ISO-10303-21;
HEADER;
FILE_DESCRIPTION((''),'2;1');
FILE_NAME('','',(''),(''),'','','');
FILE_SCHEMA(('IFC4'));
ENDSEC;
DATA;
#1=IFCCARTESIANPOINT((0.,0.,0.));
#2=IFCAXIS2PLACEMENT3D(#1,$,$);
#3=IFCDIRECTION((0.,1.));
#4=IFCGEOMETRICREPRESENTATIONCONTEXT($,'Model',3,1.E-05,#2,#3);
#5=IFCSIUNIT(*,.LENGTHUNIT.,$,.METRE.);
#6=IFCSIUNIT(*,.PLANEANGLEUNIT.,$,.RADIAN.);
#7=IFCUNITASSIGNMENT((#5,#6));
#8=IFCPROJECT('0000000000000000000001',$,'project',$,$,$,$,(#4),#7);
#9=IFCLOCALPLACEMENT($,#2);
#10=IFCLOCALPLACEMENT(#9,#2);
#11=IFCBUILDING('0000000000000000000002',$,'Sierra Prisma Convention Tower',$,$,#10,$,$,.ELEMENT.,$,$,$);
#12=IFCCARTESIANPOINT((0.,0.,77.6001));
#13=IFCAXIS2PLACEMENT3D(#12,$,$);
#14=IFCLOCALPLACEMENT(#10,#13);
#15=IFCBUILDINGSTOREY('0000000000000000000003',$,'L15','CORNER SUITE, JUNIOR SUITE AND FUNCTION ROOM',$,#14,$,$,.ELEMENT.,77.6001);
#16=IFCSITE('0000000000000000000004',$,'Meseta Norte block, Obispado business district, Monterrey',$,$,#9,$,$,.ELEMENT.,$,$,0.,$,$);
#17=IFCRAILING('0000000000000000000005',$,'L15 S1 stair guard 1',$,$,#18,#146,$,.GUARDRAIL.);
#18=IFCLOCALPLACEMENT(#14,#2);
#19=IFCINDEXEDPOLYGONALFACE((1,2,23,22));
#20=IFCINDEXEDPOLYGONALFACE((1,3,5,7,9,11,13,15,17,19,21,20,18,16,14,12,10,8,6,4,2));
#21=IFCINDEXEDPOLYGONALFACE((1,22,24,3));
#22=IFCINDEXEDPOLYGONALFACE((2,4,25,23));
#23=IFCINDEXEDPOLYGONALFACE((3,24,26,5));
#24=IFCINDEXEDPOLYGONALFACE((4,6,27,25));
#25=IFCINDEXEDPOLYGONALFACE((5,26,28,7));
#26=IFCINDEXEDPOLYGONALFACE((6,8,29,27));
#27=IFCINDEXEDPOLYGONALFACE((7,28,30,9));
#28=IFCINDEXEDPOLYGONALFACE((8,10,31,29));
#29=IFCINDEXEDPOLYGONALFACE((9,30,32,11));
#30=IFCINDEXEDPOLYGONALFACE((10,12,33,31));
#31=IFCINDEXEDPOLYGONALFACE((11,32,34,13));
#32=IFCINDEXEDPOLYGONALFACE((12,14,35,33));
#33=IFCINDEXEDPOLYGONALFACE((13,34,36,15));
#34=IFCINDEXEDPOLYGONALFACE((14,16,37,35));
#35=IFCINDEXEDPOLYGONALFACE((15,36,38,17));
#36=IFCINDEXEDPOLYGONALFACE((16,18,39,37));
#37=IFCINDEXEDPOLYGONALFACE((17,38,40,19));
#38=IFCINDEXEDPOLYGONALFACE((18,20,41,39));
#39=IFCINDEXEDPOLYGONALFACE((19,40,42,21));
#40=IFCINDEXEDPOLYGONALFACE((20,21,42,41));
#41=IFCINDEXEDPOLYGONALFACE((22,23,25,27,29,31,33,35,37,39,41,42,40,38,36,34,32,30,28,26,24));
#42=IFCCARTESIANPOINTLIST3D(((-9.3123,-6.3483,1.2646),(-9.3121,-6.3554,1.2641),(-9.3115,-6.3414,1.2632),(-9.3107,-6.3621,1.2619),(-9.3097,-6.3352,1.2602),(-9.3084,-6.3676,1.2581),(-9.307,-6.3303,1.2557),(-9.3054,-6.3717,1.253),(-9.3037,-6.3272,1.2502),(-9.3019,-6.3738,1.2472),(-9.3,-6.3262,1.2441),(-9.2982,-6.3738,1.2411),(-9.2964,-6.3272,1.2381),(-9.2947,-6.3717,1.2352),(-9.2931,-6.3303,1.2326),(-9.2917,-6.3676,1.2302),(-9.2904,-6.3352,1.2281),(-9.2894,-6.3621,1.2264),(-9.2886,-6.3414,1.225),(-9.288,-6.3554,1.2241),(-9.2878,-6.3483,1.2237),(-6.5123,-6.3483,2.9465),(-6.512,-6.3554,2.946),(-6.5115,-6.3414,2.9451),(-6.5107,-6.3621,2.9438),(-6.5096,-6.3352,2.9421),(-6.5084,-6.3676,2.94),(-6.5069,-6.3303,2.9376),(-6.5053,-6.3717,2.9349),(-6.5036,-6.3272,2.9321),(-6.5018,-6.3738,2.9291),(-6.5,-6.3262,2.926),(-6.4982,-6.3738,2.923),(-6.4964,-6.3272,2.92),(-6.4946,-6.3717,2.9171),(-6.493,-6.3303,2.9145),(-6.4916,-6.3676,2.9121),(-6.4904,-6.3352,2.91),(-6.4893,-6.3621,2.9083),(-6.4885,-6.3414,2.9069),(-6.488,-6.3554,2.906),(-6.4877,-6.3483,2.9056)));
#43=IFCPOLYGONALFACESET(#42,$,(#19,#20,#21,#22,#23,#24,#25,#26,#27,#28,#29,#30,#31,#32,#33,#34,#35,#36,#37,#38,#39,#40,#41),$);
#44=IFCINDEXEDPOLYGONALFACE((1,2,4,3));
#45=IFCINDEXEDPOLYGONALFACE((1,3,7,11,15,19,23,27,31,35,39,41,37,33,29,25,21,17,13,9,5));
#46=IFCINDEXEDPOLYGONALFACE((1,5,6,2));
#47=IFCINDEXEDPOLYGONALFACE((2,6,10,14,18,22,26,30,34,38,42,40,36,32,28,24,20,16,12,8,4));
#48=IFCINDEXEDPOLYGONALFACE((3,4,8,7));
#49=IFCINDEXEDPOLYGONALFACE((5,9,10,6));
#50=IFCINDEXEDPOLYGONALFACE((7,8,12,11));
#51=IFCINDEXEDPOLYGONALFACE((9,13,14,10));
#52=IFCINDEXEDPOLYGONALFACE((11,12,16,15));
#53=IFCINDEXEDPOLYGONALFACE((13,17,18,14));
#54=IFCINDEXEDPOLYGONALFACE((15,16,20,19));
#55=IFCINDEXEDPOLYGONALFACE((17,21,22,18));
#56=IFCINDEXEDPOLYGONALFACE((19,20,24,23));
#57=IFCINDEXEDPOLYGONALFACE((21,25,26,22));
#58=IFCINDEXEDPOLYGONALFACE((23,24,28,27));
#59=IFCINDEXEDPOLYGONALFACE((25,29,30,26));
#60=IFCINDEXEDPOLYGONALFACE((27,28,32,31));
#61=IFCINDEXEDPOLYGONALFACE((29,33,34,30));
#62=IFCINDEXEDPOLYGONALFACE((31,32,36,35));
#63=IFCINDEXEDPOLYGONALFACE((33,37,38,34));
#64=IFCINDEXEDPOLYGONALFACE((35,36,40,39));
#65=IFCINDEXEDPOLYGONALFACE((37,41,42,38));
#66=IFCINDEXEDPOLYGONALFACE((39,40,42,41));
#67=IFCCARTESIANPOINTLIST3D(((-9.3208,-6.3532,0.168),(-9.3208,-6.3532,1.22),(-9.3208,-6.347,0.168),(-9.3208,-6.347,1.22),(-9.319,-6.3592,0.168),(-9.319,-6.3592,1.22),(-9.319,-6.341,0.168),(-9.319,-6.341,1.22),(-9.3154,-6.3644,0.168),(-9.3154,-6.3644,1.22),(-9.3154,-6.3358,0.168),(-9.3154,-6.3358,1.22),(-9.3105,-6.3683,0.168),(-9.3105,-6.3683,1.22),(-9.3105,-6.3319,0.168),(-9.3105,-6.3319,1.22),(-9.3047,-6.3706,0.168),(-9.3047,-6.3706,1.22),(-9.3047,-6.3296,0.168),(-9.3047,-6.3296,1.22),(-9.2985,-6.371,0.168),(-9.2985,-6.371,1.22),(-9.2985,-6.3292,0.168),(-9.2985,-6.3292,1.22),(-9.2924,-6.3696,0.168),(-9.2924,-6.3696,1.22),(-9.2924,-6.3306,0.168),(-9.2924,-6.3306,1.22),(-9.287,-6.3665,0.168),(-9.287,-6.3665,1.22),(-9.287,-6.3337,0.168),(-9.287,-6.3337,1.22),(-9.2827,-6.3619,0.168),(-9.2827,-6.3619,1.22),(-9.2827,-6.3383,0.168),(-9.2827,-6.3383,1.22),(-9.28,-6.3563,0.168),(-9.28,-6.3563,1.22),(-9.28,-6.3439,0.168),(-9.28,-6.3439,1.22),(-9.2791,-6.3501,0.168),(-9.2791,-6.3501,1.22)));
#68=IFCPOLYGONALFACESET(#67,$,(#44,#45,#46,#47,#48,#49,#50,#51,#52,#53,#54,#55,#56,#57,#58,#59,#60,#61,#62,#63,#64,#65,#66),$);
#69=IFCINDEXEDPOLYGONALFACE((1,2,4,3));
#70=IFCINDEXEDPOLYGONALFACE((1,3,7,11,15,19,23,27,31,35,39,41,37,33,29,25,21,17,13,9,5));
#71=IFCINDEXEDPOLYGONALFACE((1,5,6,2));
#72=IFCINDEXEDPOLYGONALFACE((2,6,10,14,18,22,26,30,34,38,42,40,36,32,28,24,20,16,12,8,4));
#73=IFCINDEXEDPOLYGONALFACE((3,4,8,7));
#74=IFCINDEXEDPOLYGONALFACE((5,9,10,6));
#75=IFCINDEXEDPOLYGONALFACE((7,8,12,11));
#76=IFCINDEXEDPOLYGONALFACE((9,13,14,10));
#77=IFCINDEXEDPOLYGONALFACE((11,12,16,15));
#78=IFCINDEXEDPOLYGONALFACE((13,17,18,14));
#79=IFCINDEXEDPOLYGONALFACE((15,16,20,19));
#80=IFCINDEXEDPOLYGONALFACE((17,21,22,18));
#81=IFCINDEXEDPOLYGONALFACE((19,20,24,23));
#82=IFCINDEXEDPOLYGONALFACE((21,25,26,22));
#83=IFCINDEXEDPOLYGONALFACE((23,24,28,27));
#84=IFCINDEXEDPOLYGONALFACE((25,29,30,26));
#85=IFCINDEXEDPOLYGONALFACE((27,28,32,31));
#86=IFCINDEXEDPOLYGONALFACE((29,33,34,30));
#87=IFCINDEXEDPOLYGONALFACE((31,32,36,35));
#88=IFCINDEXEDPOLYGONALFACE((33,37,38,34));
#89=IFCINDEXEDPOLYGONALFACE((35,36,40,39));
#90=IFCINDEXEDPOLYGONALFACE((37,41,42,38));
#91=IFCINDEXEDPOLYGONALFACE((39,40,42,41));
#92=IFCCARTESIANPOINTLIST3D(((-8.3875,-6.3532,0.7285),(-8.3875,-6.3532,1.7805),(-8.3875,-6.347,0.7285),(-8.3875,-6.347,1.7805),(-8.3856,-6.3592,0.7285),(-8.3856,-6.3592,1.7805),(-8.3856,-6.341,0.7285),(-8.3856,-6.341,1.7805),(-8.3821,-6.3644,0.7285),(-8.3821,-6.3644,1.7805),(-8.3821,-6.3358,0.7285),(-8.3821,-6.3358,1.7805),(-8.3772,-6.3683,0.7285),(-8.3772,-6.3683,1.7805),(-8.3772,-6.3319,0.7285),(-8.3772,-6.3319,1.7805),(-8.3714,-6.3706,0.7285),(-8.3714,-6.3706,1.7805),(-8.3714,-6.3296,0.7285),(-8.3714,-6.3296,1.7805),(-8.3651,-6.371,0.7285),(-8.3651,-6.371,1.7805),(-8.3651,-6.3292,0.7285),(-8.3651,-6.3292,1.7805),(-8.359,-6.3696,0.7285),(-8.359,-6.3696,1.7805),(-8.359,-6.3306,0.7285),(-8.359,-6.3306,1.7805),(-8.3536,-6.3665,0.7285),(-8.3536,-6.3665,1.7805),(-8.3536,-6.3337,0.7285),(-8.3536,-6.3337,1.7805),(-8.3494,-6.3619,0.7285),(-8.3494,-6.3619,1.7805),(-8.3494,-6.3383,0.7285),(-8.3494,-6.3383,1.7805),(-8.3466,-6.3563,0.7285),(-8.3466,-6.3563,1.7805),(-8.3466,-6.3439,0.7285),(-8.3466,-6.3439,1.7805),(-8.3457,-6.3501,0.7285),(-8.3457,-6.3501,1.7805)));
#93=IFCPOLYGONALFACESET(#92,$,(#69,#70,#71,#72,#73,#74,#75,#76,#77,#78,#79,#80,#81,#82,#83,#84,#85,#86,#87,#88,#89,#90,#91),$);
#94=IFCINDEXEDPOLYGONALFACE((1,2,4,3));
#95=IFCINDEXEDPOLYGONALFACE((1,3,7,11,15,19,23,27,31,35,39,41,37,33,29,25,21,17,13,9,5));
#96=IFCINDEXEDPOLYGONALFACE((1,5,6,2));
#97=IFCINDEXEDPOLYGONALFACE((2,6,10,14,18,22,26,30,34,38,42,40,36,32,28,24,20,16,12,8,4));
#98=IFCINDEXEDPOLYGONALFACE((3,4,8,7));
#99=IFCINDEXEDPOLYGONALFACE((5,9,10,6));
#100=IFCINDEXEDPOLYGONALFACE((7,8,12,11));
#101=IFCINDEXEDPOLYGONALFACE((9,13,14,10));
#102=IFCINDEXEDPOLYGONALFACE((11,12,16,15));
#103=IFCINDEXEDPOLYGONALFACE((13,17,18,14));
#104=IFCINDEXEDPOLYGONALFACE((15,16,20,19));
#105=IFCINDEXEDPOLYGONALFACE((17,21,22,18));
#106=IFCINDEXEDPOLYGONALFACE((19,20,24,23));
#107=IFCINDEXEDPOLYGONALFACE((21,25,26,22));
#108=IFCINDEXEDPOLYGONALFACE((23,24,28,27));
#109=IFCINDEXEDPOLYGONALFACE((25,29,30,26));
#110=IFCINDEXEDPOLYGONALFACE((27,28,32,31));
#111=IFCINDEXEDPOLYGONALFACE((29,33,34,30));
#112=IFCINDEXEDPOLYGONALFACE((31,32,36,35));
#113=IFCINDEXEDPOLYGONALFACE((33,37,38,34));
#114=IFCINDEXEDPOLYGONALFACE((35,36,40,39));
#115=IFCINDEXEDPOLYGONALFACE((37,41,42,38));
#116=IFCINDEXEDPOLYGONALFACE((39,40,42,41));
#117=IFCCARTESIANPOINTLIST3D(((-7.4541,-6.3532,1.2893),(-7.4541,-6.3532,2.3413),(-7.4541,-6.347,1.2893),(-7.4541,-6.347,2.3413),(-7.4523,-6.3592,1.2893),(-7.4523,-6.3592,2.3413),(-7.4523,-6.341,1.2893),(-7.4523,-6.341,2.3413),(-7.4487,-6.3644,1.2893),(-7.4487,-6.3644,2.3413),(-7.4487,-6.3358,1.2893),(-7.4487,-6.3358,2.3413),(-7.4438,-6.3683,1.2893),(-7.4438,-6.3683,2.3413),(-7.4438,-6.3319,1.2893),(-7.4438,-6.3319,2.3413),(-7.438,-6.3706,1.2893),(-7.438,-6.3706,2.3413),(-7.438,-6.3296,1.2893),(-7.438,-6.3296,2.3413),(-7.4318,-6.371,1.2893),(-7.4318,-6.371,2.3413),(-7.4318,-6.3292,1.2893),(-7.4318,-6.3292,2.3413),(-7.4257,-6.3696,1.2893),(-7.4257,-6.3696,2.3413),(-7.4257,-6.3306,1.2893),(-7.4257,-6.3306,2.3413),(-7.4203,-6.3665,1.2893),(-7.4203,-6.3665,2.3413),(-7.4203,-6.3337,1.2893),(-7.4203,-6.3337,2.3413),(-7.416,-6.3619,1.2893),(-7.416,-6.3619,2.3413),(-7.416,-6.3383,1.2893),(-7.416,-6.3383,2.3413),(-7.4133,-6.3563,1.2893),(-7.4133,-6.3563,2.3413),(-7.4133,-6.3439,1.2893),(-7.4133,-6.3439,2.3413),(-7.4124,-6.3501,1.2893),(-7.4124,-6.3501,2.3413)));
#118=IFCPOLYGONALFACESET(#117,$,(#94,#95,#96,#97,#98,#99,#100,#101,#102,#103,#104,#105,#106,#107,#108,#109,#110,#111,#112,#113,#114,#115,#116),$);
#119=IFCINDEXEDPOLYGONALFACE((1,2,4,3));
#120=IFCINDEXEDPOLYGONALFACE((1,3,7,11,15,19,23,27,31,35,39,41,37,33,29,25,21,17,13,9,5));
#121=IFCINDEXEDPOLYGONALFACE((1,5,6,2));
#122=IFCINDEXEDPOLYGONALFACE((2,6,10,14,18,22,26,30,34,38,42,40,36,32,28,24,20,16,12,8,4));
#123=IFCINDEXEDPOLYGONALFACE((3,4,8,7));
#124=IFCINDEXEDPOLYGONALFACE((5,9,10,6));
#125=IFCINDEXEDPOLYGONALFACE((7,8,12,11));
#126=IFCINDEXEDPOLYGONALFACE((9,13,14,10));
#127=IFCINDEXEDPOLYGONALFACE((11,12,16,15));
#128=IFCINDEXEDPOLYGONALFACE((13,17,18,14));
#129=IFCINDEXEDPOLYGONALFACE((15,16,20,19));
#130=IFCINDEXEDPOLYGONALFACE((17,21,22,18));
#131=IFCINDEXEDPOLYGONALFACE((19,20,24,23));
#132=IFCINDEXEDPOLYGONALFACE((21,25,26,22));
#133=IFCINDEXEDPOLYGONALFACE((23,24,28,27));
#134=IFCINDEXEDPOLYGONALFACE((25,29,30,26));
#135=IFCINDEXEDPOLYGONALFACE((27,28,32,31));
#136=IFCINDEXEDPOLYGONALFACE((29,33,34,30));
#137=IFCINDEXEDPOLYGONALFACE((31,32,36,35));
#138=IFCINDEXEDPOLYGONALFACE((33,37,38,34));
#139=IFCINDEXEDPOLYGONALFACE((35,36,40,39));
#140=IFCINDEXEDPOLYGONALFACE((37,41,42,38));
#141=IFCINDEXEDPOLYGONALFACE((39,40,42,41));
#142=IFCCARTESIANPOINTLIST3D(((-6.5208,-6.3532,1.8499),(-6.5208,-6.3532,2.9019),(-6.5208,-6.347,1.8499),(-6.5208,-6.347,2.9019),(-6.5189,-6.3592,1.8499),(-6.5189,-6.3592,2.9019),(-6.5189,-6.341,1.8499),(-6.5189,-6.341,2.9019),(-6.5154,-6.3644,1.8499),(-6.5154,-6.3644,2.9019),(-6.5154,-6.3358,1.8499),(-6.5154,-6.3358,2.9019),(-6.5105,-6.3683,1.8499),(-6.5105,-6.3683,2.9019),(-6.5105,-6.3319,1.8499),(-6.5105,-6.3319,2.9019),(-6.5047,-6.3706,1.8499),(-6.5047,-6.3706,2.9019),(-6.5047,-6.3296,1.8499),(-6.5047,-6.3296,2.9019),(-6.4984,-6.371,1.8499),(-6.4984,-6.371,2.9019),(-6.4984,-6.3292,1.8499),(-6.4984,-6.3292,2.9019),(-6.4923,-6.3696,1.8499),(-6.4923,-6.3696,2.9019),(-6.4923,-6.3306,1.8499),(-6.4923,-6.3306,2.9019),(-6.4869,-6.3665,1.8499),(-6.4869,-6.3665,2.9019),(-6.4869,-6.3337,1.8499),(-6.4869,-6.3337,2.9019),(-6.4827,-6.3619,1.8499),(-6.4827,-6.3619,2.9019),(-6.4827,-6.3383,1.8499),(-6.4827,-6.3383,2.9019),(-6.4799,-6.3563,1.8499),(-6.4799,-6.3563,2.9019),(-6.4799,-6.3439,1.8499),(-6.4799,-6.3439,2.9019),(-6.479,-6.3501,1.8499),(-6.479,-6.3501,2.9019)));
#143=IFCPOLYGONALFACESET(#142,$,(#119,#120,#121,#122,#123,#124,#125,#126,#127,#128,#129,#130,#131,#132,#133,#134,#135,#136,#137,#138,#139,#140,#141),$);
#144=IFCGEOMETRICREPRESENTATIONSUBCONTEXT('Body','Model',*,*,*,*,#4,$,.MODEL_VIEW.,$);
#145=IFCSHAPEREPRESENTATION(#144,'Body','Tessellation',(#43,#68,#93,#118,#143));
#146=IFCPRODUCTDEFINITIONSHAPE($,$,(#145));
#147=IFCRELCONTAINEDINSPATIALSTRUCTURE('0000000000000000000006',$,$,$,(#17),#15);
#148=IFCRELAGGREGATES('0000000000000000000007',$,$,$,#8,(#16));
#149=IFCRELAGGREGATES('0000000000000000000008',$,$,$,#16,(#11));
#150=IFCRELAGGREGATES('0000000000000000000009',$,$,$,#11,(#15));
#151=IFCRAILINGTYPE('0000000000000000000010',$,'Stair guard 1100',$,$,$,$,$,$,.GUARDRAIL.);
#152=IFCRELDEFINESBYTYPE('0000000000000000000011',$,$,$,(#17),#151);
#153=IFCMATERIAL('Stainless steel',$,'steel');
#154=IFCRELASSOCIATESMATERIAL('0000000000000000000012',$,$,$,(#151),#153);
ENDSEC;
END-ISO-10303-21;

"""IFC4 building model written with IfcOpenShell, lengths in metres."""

from ifc_helpers import new_model, si_unit, direction, frame, origin, origin_2d, place, context, subcontext, project, spatial, circle, extrude, material, type_object, element, save


model = new_model("IFC4")

# Units and contexts
model_context = context("Model", 3, precision=1e-05, world=origin(), true_north=direction((0.0, 1.0)))
body_context = subcontext(model_context, "Body", "Model", "MODEL_VIEW")
ifc_project = project(units=[si_unit("LENGTHUNIT", "METRE"), si_unit("PLANEANGLEUNIT", "RADIAN")], contexts=[model_context])

# Site, building, storey
site_placement = place(None, origin())
site = spatial("IfcSite", under=ifc_project, at=site_placement, Name="Meseta Norte block, Obispado business district, Monterrey", CompositionType="ELEMENT", RefElevation=0.0)
building_placement = place(site_placement, origin())
building = spatial("IfcBuilding", under=site, at=building_placement, Name="Sierra Prisma Convention Tower", CompositionType="ELEMENT")
storey_placement = place(building_placement, frame((0.0, 0.0, 77.6001)))
storey = spatial("IfcBuildingStorey", under=building, at=storey_placement, Name="L15", Description="CORNER SUITE, JUNIOR SUITE AND FUNCTION ROOM", CompositionType="ELEMENT", Elevation=77.6001)

# Railing
ifc_material_1 = material(Name="Stainless steel", Category="steel")
railing_type_1 = type_object("IfcRailingType", Name="Stair guard 1100", PredefinedType="GUARDRAIL", material=ifc_material_1)
railing_1_placement = place(storey_placement, frame((-9.3, -6.3501, 0.168)))
element("IfcRailing", 1, at=railing_1_placement, inside=storey, type_object=railing_type_1, Name="L15 S1 stair guard 1", PredefinedType="GUARDRAIL", context=body_context, shape_type="SweptSolid", body=[
    extrude(circle(Radius=0.0239, at=origin_2d()), frame((0.0, 0.0, 1.0762), z_axis=(0.857242, 0.0, 0.514913), x_axis=(0.0, 1.0, 0.0)), (0.0, 0.0, 1.0), 3.2664),
    extrude(circle(Radius=0.021, at=origin_2d()), origin(), (0.0, 0.0, 1.0), 1.052),
    extrude(circle(Radius=0.021, at=origin_2d()), frame((0.9333, 0.0, 0.5605)), (0.0, 0.0, 1.0), 1.052),
    extrude(circle(Radius=0.021, at=origin_2d()), frame((1.8667, 0.0, 1.1213)), (0.0, 0.0, 1.0), 1.052),
    extrude(circle(Radius=0.021, at=origin_2d()), frame((2.8, 0.0, 1.6819)), (0.0, 0.0, 1.0), 1.052),
])

save(model, "model.ifc")
